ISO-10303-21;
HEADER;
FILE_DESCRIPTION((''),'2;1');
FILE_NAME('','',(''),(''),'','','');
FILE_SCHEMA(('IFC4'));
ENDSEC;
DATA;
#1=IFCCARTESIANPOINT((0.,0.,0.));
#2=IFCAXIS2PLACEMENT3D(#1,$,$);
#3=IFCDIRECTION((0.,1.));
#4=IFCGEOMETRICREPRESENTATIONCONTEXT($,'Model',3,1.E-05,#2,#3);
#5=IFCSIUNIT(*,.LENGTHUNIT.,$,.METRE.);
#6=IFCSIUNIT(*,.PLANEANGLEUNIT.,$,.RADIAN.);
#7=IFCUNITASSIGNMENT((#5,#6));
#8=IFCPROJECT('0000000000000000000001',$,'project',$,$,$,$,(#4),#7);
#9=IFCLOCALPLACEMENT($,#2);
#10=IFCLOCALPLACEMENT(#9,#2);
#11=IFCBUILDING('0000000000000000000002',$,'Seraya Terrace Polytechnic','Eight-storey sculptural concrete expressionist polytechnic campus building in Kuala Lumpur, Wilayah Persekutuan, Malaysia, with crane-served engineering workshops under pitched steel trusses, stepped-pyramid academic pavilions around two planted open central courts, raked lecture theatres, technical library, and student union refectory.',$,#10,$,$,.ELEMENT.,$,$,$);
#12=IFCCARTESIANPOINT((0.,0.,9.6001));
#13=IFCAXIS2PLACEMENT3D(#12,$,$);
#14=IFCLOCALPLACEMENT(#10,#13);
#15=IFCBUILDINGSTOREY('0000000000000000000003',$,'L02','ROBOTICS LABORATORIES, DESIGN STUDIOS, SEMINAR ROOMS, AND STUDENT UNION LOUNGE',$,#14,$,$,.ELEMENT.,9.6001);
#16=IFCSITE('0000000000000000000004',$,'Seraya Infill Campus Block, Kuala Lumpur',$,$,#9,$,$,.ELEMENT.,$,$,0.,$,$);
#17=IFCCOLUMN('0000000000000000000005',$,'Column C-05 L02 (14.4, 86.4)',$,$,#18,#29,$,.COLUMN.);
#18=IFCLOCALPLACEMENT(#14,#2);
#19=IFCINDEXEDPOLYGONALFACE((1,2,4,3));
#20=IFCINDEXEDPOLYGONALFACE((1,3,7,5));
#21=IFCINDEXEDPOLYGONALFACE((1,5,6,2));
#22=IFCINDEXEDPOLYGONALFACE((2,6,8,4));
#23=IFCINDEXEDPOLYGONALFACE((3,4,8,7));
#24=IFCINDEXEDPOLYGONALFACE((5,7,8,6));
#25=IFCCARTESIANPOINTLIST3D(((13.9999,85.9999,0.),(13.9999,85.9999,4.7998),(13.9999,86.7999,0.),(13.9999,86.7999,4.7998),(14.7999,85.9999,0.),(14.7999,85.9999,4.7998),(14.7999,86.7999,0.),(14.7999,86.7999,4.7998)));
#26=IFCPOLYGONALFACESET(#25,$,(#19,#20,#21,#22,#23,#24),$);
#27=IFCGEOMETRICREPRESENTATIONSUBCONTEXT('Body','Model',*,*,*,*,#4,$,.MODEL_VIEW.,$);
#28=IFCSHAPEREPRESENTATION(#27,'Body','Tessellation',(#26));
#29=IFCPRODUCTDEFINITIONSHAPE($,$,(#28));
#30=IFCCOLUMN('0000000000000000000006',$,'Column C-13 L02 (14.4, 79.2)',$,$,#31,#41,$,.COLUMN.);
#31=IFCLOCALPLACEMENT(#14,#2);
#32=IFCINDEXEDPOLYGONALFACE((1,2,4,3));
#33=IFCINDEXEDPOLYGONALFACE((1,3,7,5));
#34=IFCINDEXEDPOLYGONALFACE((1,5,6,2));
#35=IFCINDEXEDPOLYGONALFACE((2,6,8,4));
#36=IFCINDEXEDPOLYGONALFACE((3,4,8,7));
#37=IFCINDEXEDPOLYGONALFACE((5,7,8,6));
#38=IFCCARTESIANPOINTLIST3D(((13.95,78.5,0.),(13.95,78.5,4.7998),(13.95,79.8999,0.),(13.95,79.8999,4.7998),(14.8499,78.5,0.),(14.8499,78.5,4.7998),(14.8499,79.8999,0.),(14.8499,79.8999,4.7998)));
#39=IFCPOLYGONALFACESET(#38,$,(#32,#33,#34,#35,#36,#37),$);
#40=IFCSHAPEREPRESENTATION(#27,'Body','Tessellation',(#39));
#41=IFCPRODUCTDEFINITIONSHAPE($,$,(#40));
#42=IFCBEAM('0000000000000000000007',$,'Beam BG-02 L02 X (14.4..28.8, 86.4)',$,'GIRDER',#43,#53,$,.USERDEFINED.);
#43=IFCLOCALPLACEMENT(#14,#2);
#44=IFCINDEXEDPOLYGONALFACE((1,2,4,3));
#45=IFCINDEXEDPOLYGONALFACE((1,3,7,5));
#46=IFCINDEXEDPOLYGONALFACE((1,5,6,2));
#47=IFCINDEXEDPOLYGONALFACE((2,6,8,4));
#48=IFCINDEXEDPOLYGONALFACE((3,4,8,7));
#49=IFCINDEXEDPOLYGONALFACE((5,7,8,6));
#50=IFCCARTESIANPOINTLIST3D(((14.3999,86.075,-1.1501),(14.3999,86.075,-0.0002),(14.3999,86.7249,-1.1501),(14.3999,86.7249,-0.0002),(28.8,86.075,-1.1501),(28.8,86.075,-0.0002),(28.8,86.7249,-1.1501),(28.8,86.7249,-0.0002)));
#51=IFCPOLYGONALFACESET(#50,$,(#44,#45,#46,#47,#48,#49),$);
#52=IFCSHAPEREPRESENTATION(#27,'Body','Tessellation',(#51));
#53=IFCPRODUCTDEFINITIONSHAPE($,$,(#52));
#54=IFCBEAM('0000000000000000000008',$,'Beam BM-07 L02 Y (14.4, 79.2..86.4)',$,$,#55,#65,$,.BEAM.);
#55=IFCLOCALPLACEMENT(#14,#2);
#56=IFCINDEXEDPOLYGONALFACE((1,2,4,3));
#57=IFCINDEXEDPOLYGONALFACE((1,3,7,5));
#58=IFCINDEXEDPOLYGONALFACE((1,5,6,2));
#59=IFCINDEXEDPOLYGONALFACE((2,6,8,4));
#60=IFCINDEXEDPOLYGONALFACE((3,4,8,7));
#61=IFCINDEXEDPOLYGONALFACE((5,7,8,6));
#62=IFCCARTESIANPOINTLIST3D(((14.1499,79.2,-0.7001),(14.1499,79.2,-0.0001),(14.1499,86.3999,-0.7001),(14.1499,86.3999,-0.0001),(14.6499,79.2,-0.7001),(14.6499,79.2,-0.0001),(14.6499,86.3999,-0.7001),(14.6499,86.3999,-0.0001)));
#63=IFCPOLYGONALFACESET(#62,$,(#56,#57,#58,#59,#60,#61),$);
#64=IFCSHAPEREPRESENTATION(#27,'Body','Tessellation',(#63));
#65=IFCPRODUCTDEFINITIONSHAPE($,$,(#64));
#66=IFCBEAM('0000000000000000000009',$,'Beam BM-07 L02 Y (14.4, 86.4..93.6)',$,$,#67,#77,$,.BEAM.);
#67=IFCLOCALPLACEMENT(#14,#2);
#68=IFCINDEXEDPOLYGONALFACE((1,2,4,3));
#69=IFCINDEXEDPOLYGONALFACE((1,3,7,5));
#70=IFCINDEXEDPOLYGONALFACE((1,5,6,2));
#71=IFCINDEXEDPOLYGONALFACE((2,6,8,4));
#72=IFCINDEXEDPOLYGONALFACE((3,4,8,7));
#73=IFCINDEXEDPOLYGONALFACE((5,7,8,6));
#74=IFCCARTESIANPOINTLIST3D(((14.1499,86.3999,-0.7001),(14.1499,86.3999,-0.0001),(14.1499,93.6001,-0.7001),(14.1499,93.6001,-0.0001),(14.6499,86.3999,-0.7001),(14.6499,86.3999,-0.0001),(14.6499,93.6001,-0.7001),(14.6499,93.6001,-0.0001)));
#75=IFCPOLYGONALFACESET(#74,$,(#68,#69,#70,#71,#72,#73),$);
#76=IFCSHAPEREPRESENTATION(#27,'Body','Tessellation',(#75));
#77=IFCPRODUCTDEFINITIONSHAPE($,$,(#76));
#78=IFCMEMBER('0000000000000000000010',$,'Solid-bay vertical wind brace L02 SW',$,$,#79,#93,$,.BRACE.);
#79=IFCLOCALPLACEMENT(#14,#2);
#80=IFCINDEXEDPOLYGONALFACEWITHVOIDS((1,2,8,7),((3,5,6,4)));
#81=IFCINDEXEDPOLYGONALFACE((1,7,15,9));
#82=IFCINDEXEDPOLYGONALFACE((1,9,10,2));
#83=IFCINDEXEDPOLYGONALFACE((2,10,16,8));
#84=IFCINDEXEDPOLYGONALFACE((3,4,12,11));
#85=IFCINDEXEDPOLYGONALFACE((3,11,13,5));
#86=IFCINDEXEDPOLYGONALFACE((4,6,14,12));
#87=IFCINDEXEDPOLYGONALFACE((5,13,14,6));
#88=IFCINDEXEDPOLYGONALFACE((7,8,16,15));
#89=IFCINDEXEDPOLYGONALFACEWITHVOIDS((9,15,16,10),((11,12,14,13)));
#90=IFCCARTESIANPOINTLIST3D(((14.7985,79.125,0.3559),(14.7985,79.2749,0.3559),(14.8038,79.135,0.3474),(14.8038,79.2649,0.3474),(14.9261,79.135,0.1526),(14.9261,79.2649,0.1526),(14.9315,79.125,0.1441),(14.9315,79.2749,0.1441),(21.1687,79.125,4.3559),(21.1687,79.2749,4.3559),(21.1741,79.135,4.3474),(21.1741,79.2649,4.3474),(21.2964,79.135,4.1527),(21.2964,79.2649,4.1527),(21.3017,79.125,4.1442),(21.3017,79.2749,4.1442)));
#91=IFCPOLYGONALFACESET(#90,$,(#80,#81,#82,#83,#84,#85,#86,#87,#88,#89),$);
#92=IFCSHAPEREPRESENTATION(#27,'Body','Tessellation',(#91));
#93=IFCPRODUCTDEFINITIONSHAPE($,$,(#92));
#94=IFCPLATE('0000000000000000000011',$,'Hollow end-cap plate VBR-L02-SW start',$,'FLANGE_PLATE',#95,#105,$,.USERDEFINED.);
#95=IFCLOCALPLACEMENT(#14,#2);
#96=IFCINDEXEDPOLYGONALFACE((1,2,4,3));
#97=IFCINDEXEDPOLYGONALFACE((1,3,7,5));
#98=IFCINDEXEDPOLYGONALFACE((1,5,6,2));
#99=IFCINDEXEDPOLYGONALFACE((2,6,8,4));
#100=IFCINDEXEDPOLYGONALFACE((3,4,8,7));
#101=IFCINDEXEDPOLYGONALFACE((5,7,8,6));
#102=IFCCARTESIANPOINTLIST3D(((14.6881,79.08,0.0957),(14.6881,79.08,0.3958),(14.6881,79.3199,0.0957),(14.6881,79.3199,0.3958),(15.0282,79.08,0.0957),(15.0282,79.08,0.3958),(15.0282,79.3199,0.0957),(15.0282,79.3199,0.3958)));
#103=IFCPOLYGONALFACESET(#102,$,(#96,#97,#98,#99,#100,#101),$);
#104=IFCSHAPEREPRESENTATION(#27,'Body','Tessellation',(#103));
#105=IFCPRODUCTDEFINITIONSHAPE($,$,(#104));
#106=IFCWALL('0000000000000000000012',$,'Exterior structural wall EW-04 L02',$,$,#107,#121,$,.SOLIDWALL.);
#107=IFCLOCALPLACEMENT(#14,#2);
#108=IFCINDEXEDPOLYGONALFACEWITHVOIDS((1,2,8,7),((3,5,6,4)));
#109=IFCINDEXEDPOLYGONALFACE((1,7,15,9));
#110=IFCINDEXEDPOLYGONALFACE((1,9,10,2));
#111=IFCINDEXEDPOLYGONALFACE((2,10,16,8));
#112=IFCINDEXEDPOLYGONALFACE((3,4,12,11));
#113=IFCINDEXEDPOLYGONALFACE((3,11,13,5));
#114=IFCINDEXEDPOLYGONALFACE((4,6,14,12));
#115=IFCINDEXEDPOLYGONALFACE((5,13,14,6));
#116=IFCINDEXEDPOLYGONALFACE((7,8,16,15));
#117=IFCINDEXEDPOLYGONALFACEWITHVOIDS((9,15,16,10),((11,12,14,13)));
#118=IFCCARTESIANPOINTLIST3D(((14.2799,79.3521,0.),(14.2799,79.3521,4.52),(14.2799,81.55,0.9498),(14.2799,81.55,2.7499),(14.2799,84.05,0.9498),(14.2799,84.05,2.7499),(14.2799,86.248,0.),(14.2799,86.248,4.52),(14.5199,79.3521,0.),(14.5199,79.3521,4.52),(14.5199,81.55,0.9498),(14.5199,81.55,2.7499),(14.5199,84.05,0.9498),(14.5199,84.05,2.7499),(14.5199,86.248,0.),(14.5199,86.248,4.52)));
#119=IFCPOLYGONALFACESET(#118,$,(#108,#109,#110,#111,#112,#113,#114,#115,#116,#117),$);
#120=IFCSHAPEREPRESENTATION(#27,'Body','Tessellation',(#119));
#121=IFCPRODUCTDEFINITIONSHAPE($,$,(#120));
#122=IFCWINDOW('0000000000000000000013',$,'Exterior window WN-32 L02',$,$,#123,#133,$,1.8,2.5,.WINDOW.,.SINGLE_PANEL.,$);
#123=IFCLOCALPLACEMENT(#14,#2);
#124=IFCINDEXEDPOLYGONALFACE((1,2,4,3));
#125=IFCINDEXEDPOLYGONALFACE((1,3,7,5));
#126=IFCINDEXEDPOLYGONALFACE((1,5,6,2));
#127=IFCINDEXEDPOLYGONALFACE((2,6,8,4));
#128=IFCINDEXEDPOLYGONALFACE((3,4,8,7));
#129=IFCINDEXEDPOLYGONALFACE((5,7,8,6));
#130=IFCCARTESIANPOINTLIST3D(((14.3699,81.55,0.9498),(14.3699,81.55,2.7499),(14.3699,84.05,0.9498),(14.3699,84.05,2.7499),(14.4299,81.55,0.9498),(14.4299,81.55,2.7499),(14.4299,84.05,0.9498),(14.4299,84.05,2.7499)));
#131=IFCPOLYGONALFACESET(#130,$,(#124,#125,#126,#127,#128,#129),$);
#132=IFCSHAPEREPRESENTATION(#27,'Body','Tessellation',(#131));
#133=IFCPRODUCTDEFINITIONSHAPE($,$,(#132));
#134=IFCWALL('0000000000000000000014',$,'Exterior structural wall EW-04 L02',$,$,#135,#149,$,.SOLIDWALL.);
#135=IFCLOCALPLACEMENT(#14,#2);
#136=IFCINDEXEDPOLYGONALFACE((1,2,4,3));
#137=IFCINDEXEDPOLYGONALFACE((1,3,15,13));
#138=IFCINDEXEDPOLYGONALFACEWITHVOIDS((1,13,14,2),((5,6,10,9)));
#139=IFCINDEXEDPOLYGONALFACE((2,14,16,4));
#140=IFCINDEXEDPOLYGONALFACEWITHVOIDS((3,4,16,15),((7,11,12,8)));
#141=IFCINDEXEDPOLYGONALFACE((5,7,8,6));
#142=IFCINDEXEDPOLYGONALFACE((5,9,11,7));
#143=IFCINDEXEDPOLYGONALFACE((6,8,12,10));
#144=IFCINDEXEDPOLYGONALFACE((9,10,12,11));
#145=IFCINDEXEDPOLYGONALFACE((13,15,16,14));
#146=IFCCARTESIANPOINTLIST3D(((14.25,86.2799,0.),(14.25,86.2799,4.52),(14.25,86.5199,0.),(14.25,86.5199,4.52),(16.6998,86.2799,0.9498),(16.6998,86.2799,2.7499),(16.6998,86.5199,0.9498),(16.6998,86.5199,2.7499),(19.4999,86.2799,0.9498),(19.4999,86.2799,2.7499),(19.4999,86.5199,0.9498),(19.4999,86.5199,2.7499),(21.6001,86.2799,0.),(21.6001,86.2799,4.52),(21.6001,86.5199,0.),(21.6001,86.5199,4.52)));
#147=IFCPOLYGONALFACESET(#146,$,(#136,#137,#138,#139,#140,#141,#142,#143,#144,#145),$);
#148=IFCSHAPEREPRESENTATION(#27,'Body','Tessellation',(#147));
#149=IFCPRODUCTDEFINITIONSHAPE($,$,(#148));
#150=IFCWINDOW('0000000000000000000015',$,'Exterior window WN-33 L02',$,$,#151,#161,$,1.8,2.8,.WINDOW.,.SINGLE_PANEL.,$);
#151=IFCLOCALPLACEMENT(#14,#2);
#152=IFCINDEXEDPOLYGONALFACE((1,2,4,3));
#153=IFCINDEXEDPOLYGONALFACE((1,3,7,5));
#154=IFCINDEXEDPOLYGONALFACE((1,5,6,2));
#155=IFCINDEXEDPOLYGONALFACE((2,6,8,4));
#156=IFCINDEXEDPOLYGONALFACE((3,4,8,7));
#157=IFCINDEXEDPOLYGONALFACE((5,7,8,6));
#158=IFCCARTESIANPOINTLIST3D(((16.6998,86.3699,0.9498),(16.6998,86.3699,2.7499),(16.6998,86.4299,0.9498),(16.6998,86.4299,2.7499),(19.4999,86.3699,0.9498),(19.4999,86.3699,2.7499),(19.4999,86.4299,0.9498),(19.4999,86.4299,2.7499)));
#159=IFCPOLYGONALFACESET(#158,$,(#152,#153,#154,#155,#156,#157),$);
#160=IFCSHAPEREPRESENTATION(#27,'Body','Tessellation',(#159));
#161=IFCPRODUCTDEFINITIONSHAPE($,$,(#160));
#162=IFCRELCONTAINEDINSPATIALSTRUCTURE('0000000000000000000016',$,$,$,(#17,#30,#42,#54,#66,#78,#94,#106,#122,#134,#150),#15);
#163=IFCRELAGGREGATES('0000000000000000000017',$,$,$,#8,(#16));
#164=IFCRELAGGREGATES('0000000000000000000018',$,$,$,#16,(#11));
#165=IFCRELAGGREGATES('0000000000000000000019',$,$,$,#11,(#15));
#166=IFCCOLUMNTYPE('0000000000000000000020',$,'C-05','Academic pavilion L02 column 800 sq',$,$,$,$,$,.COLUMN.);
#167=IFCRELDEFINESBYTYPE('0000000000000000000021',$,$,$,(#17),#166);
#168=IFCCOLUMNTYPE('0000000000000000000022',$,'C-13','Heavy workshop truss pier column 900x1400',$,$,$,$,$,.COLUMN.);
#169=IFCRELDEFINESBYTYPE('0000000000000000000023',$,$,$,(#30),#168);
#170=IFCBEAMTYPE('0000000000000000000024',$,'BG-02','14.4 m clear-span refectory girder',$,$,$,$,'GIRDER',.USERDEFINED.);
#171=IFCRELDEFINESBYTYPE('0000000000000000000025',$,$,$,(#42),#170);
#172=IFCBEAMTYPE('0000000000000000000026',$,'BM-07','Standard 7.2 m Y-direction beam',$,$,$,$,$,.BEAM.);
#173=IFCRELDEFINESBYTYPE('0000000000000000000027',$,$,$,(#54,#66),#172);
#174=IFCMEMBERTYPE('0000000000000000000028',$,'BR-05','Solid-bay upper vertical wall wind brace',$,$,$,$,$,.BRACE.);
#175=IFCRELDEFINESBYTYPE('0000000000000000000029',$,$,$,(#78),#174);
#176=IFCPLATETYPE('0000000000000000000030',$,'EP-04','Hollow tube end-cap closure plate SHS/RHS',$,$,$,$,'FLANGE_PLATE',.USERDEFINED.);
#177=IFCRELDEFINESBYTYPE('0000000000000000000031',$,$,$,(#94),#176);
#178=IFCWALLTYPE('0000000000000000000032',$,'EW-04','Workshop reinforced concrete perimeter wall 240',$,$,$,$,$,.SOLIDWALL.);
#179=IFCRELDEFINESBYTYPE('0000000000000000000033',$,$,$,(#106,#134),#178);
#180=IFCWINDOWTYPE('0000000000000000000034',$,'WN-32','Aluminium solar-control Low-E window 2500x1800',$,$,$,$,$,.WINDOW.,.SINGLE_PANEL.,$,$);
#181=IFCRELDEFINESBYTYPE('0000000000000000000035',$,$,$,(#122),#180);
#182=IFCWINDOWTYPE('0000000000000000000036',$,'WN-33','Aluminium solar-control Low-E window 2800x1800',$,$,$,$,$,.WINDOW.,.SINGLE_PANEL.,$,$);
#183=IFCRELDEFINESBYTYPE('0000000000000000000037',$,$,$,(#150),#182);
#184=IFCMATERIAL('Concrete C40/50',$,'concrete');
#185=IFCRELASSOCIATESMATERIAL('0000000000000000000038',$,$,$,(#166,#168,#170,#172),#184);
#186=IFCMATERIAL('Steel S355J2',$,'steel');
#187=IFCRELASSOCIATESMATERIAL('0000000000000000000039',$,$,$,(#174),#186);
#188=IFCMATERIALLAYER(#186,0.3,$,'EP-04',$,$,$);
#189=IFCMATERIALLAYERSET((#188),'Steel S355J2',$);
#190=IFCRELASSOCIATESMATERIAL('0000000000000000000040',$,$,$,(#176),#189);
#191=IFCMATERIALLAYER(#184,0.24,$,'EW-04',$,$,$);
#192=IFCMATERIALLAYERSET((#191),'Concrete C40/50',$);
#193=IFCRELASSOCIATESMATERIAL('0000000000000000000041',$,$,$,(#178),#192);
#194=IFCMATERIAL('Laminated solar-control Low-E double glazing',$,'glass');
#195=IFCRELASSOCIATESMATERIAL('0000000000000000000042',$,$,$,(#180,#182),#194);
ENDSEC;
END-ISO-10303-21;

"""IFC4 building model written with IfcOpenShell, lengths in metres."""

from ifc_helpers import new_model, si_unit, direction, frame, frame_2d, origin, origin_2d, place, context, subcontext, project, spatial, rectangle, hollow_rectangle, extrude, material, layer, layer_set, material_profile, profile_set, type_object, element, fill, save


model = new_model("IFC4")

# Units and contexts
model_context = context("Model", 3, precision=1e-05, world=origin(), true_north=direction((0.0, 1.0)))
body_context = subcontext(model_context, "Body", "Model", "MODEL_VIEW")
ifc_project = project(units=[si_unit("LENGTHUNIT", "METRE"), si_unit("PLANEANGLEUNIT", "RADIAN")], contexts=[model_context])

# Site, building, storey
site_placement = place(None, origin())
site = spatial("IfcSite", under=ifc_project, at=site_placement, Name="Seraya Infill Campus Block, Kuala Lumpur", CompositionType="ELEMENT", RefElevation=0.0)
building_placement = place(site_placement, origin())
building = spatial("IfcBuilding", under=site, at=building_placement, Name="Seraya Terrace Polytechnic", Description="Eight-storey sculptural concrete expressionist polytechnic campus building in Kuala Lumpur, Wilayah Persekutuan, Malaysia, with crane-served engineering workshops under pitched steel trusses, stepped-pyramid academic pavilions around two planted open central courts, raked lecture theatres, technical library, and student union refectory.", CompositionType="ELEMENT")
storey_placement = place(building_placement, frame((0.0, 0.0, 9.6001)))
storey = spatial("IfcBuildingStorey", under=building, at=storey_placement, Name="L02", Description="ROBOTICS LABORATORIES, DESIGN STUDIOS, SEMINAR ROOMS, AND STUDENT UNION LOUNGE", CompositionType="ELEMENT", Elevation=9.6001)

# Columns
ifc_material_1 = material(Name="Concrete C40/50", Category="concrete")
ifc_material_profile_1 = material_profile(ifc_material_1, rectangle(XDim=0.8, YDim=0.8, at=origin_2d()), Name="RC 800x800")
ifc_profile_set_1 = profile_set([ifc_material_profile_1], Name="Concrete C40/50")
column_type_1 = type_object("IfcColumnType", Name="C-05", Description="Academic pavilion L02 column 800 sq", PredefinedType="COLUMN", material=ifc_profile_set_1)
column_1_placement = place(storey_placement, frame((14.3999, 86.3999, 0.0), z_axis=(0.0, 0.0, 1.0), x_axis=(1.0, 0.0, 0.0)))
element("IfcColumn", 1, at=column_1_placement, inside=storey, type_object=column_type_1, Name="Column C-05 L02 (14.4, 86.4)", PredefinedType="COLUMN", context=body_context, shape_type="SweptSolid", body=[
    extrude(rectangle(XDim=0.8, YDim=0.8, at=origin_2d()), origin(), (0.0, 0.0, 1.0), 4.7998),
])
ifc_material_profile_2 = material_profile(ifc_material_1, rectangle(XDim=0.8999, YDim=1.3999, at=origin_2d()), Name="RC 900x1400")
ifc_profile_set_2 = profile_set([ifc_material_profile_2], Name="Concrete C40/50")
column_type_2 = type_object("IfcColumnType", Name="C-13", Description="Heavy workshop truss pier column 900x1400", PredefinedType="COLUMN", material=ifc_profile_set_2)
column_2_placement = place(storey_placement, frame((14.3999, 79.2, 0.0), z_axis=(0.0, 0.0, 1.0), x_axis=(1.0, 0.0, 0.0)))
element("IfcColumn", 2, at=column_2_placement, inside=storey, type_object=column_type_2, Name="Column C-13 L02 (14.4, 79.2)", PredefinedType="COLUMN", context=body_context, shape_type="SweptSolid", body=[
    extrude(rectangle(XDim=0.8999, YDim=1.3999, at=origin_2d()), origin(), (0.0, 0.0, 1.0), 4.7998),
])

# Beams
ifc_material_profile_3 = material_profile(ifc_material_1, rectangle(XDim=0.6499, YDim=1.1499, at=origin_2d()), Name="RC 650x1150")
ifc_profile_set_3 = profile_set([ifc_material_profile_3], Name="Concrete C40/50")
beam_type_1 = type_object("IfcBeamType", Name="BG-02", Description="14.4 m clear-span refectory girder", ElementType="GIRDER", PredefinedType="USERDEFINED", material=ifc_profile_set_3)
beam_1_placement = place(storey_placement, frame((14.3999, 86.3999, -0.5752), z_axis=(1.0, 0.0, 0.0), x_axis=(0.0, 1.0, 0.0)))
element("IfcBeam", 3, at=beam_1_placement, inside=storey, type_object=beam_type_1, Name="Beam BG-02 L02 X (14.4..28.8, 86.4)", ObjectType="GIRDER", PredefinedType="USERDEFINED", context=body_context, shape_type="SweptSolid", body=[
    extrude(rectangle(XDim=0.6499, YDim=1.1499, at=origin_2d()), origin(), (0.0, 0.0, 1.0), 14.4001),
])
ifc_material_profile_4 = material_profile(ifc_material_1, rectangle(XDim=0.5, YDim=0.7, at=origin_2d()), Name="RC 500x700")
ifc_profile_set_4 = profile_set([ifc_material_profile_4], Name="Concrete C40/50")
beam_type_2 = type_object("IfcBeamType", Name="BM-07", Description="Standard 7.2 m Y-direction beam", PredefinedType="BEAM", material=ifc_profile_set_4)
beam_2_placement = place(storey_placement, frame((14.3999, 79.2, -0.3501), z_axis=(0.0, 1.0, 0.0), x_axis=(-1.0, 0.0, 0.0)))
element("IfcBeam", 4, at=beam_2_placement, inside=storey, type_object=beam_type_2, Name="Beam BM-07 L02 Y (14.4, 79.2..86.4)", PredefinedType="BEAM", context=body_context, shape_type="SweptSolid", body=[
    extrude(rectangle(XDim=0.5, YDim=0.7, at=origin_2d()), origin(), (0.0, 0.0, 1.0), 7.2),
])
beam_3_placement = place(storey_placement, frame((14.3999, 86.3999, -0.3501), z_axis=(0.0, 1.0, 0.0), x_axis=(-1.0, 0.0, 0.0)))
element("IfcBeam", 5, at=beam_3_placement, inside=storey, type_object=beam_type_2, Name="Beam BM-07 L02 Y (14.4, 86.4..93.6)", PredefinedType="BEAM", context=body_context, shape_type="SweptSolid", body=[
    extrude(rectangle(XDim=0.5, YDim=0.7, at=origin_2d()), origin(), (0.0, 0.0, 1.0), 7.2002),
])

# Member
ifc_material_2 = material(Name="Steel S355J2", Category="steel")
ifc_material_profile_5 = material_profile(ifc_material_2, hollow_rectangle(XDim=0.1499, YDim=0.25, WallThickness=0.01, at=origin_2d()), Name="RHS 250x150x10.0")
ifc_profile_set_5 = profile_set([ifc_material_profile_5], Name="Steel S355J2")
member_type = type_object("IfcMemberType", Name="BR-05", Description="Solid-bay upper vertical wall wind brace", PredefinedType="BRACE", material=ifc_profile_set_5)
member_placement = place(storey_placement, frame((14.865, 79.2, 0.25), z_axis=(0.84688, 0.0, 0.531783), x_axis=(0.0, 1.0, 0.0)))
element("IfcMember", 6, at=member_placement, inside=storey, type_object=member_type, Name="Solid-bay vertical wind brace L02 SW", PredefinedType="BRACE", context=body_context, shape_type="SweptSolid", body=[
    extrude(hollow_rectangle(XDim=0.1499, YDim=0.25, WallThickness=0.01, at=origin_2d()), origin(), (0.0, 0.0, 1.0), 7.522),
])

# Plate
ifc_layer_1 = layer(ifc_material_2, 0.3, Name="EP-04")
ifc_layer_set_1 = layer_set([ifc_layer_1], Name="Steel S355J2")
plate_type = type_object("IfcPlateType", Name="EP-04", Description="Hollow tube end-cap closure plate SHS/RHS", ElementType="FLANGE_PLATE", PredefinedType="USERDEFINED", material=ifc_layer_set_1)
plate_placement = place(storey_placement, frame((14.8582, 79.2, 0.0957), z_axis=(0.0, 0.0, 1.0), x_axis=(1.0, 0.0, 0.0)))
element("IfcPlate", 7, at=plate_placement, inside=storey, type_object=plate_type, Name="Hollow end-cap plate VBR-L02-SW start", ObjectType="FLANGE_PLATE", PredefinedType="USERDEFINED", context=body_context, shape_type="SweptSolid", body=[
    extrude(rectangle(XDim=0.3401, YDim=0.24, at=origin_2d()), origin(), (0.0, 0.0, 1.0), 0.3),
])

# Walls, openings, windows
ifc_layer_2 = layer(ifc_material_1, 0.24, Name="EW-04")
ifc_layer_set_2 = layer_set([ifc_layer_2], Name="Concrete C40/50")
wall_type_1 = type_object("IfcWallType", Name="EW-04", Description="Workshop reinforced concrete perimeter wall 240", PredefinedType="SOLIDWALL", material=ifc_layer_set_2)
wall_1_placement = place(storey_placement, frame((14.3999, 79.3521, 0.0), z_axis=(0.0, 0.0, 1.0), x_axis=(0.0, 1.0, 0.0)))
wall_1 = element("IfcWall", 8, at=wall_1_placement, inside=storey, type_object=wall_type_1, Name="Exterior structural wall EW-04 L02", PredefinedType="SOLIDWALL", context=body_context, shape_type="SweptSolid", body=[
    extrude(rectangle(XDim=6.896, YDim=0.24, at=frame_2d((3.448, 0.0))), origin(), (0.0, 0.0, 1.0), 4.52),
])
opening_1_placement = place(wall_1_placement, frame((2.198, 0.0, 0.95)))
opening_1 = element("IfcOpeningElement", 9, at=opening_1_placement, cuts=wall_1, PredefinedType="OPENING", context=body_context, shape_type="SweptSolid", body=[
    extrude(rectangle(XDim=2.5, YDim=1.8, at=frame_2d((1.25, 0.8999))), frame((0.0, 0.1318, 0.0), z_axis=(0.0, -1.0, 0.0), x_axis=(1.0, 0.0, 0.0)), (0.0, 0.0, 1.0), 0.2639),
])
ifc_material_3 = material(Name="Laminated solar-control Low-E double glazing", Category="glass")
window_type_1 = type_object("IfcWindowType", Name="WN-32", Description="Aluminium solar-control Low-E window 2500x1800", PartitioningType="SINGLE_PANEL", PredefinedType="WINDOW", material=ifc_material_3)
window_1_placement = place(opening_1_placement, origin())
window_1 = element("IfcWindow", 10, at=window_1_placement, inside=storey, type_object=window_type_1, Name="Exterior window WN-32 L02", OverallHeight=1.8, OverallWidth=2.5, PartitioningType="SINGLE_PANEL", PredefinedType="WINDOW", context=body_context, shape_type="SweptSolid", body=[
    extrude(rectangle(XDim=2.5, YDim=1.8, at=frame_2d((1.25, 0.8999))), frame((0.0, 0.03, 0.0), z_axis=(0.0, -1.0, 0.0), x_axis=(1.0, 0.0, 0.0)), (0.0, 0.0, 1.0), 0.0601),
])
fill(opening_1, window_1)
wall_2_placement = place(storey_placement, frame((14.25, 86.3999, 0.0), z_axis=(0.0, 0.0, 1.0), x_axis=(1.0, 0.0, 0.0)))
wall_2 = element("IfcWall", 11, at=wall_2_placement, inside=storey, type_object=wall_type_1, Name="Exterior structural wall EW-04 L02", PredefinedType="SOLIDWALL", context=body_context, shape_type="SweptSolid", body=[
    extrude(rectangle(XDim=7.3501, YDim=0.24, at=frame_2d((3.675, 0.0))), origin(), (0.0, 0.0, 1.0), 4.52),
])
opening_2_placement = place(wall_2_placement, frame((2.45, 0.0, 0.95)))
opening_2 = element("IfcOpeningElement", 12, at=opening_2_placement, cuts=wall_2, PredefinedType="OPENING", context=body_context, shape_type="SweptSolid", body=[
    extrude(rectangle(XDim=2.8, YDim=1.8, at=frame_2d((1.3999, 0.8999))), frame((0.0, 0.1318, 0.0), z_axis=(0.0, -1.0, 0.0), x_axis=(1.0, 0.0, 0.0)), (0.0, 0.0, 1.0), 0.2639),
])
window_type_2 = type_object("IfcWindowType", Name="WN-33", Description="Aluminium solar-control Low-E window 2800x1800", PartitioningType="SINGLE_PANEL", PredefinedType="WINDOW", material=ifc_material_3)
window_2_placement = place(opening_2_placement, origin())
window_2 = element("IfcWindow", 13, at=window_2_placement, inside=storey, type_object=window_type_2, Name="Exterior window WN-33 L02", OverallHeight=1.8, OverallWidth=2.8, PartitioningType="SINGLE_PANEL", PredefinedType="WINDOW", context=body_context, shape_type="SweptSolid", body=[
    extrude(rectangle(XDim=2.8, YDim=1.8, at=frame_2d((1.3999, 0.8999))), frame((0.0, 0.03, 0.0), z_axis=(0.0, -1.0, 0.0), x_axis=(1.0, 0.0, 0.0)), (0.0, 0.0, 1.0), 0.0601),
])
fill(opening_2, window_2)

save(model, "model.ifc")
